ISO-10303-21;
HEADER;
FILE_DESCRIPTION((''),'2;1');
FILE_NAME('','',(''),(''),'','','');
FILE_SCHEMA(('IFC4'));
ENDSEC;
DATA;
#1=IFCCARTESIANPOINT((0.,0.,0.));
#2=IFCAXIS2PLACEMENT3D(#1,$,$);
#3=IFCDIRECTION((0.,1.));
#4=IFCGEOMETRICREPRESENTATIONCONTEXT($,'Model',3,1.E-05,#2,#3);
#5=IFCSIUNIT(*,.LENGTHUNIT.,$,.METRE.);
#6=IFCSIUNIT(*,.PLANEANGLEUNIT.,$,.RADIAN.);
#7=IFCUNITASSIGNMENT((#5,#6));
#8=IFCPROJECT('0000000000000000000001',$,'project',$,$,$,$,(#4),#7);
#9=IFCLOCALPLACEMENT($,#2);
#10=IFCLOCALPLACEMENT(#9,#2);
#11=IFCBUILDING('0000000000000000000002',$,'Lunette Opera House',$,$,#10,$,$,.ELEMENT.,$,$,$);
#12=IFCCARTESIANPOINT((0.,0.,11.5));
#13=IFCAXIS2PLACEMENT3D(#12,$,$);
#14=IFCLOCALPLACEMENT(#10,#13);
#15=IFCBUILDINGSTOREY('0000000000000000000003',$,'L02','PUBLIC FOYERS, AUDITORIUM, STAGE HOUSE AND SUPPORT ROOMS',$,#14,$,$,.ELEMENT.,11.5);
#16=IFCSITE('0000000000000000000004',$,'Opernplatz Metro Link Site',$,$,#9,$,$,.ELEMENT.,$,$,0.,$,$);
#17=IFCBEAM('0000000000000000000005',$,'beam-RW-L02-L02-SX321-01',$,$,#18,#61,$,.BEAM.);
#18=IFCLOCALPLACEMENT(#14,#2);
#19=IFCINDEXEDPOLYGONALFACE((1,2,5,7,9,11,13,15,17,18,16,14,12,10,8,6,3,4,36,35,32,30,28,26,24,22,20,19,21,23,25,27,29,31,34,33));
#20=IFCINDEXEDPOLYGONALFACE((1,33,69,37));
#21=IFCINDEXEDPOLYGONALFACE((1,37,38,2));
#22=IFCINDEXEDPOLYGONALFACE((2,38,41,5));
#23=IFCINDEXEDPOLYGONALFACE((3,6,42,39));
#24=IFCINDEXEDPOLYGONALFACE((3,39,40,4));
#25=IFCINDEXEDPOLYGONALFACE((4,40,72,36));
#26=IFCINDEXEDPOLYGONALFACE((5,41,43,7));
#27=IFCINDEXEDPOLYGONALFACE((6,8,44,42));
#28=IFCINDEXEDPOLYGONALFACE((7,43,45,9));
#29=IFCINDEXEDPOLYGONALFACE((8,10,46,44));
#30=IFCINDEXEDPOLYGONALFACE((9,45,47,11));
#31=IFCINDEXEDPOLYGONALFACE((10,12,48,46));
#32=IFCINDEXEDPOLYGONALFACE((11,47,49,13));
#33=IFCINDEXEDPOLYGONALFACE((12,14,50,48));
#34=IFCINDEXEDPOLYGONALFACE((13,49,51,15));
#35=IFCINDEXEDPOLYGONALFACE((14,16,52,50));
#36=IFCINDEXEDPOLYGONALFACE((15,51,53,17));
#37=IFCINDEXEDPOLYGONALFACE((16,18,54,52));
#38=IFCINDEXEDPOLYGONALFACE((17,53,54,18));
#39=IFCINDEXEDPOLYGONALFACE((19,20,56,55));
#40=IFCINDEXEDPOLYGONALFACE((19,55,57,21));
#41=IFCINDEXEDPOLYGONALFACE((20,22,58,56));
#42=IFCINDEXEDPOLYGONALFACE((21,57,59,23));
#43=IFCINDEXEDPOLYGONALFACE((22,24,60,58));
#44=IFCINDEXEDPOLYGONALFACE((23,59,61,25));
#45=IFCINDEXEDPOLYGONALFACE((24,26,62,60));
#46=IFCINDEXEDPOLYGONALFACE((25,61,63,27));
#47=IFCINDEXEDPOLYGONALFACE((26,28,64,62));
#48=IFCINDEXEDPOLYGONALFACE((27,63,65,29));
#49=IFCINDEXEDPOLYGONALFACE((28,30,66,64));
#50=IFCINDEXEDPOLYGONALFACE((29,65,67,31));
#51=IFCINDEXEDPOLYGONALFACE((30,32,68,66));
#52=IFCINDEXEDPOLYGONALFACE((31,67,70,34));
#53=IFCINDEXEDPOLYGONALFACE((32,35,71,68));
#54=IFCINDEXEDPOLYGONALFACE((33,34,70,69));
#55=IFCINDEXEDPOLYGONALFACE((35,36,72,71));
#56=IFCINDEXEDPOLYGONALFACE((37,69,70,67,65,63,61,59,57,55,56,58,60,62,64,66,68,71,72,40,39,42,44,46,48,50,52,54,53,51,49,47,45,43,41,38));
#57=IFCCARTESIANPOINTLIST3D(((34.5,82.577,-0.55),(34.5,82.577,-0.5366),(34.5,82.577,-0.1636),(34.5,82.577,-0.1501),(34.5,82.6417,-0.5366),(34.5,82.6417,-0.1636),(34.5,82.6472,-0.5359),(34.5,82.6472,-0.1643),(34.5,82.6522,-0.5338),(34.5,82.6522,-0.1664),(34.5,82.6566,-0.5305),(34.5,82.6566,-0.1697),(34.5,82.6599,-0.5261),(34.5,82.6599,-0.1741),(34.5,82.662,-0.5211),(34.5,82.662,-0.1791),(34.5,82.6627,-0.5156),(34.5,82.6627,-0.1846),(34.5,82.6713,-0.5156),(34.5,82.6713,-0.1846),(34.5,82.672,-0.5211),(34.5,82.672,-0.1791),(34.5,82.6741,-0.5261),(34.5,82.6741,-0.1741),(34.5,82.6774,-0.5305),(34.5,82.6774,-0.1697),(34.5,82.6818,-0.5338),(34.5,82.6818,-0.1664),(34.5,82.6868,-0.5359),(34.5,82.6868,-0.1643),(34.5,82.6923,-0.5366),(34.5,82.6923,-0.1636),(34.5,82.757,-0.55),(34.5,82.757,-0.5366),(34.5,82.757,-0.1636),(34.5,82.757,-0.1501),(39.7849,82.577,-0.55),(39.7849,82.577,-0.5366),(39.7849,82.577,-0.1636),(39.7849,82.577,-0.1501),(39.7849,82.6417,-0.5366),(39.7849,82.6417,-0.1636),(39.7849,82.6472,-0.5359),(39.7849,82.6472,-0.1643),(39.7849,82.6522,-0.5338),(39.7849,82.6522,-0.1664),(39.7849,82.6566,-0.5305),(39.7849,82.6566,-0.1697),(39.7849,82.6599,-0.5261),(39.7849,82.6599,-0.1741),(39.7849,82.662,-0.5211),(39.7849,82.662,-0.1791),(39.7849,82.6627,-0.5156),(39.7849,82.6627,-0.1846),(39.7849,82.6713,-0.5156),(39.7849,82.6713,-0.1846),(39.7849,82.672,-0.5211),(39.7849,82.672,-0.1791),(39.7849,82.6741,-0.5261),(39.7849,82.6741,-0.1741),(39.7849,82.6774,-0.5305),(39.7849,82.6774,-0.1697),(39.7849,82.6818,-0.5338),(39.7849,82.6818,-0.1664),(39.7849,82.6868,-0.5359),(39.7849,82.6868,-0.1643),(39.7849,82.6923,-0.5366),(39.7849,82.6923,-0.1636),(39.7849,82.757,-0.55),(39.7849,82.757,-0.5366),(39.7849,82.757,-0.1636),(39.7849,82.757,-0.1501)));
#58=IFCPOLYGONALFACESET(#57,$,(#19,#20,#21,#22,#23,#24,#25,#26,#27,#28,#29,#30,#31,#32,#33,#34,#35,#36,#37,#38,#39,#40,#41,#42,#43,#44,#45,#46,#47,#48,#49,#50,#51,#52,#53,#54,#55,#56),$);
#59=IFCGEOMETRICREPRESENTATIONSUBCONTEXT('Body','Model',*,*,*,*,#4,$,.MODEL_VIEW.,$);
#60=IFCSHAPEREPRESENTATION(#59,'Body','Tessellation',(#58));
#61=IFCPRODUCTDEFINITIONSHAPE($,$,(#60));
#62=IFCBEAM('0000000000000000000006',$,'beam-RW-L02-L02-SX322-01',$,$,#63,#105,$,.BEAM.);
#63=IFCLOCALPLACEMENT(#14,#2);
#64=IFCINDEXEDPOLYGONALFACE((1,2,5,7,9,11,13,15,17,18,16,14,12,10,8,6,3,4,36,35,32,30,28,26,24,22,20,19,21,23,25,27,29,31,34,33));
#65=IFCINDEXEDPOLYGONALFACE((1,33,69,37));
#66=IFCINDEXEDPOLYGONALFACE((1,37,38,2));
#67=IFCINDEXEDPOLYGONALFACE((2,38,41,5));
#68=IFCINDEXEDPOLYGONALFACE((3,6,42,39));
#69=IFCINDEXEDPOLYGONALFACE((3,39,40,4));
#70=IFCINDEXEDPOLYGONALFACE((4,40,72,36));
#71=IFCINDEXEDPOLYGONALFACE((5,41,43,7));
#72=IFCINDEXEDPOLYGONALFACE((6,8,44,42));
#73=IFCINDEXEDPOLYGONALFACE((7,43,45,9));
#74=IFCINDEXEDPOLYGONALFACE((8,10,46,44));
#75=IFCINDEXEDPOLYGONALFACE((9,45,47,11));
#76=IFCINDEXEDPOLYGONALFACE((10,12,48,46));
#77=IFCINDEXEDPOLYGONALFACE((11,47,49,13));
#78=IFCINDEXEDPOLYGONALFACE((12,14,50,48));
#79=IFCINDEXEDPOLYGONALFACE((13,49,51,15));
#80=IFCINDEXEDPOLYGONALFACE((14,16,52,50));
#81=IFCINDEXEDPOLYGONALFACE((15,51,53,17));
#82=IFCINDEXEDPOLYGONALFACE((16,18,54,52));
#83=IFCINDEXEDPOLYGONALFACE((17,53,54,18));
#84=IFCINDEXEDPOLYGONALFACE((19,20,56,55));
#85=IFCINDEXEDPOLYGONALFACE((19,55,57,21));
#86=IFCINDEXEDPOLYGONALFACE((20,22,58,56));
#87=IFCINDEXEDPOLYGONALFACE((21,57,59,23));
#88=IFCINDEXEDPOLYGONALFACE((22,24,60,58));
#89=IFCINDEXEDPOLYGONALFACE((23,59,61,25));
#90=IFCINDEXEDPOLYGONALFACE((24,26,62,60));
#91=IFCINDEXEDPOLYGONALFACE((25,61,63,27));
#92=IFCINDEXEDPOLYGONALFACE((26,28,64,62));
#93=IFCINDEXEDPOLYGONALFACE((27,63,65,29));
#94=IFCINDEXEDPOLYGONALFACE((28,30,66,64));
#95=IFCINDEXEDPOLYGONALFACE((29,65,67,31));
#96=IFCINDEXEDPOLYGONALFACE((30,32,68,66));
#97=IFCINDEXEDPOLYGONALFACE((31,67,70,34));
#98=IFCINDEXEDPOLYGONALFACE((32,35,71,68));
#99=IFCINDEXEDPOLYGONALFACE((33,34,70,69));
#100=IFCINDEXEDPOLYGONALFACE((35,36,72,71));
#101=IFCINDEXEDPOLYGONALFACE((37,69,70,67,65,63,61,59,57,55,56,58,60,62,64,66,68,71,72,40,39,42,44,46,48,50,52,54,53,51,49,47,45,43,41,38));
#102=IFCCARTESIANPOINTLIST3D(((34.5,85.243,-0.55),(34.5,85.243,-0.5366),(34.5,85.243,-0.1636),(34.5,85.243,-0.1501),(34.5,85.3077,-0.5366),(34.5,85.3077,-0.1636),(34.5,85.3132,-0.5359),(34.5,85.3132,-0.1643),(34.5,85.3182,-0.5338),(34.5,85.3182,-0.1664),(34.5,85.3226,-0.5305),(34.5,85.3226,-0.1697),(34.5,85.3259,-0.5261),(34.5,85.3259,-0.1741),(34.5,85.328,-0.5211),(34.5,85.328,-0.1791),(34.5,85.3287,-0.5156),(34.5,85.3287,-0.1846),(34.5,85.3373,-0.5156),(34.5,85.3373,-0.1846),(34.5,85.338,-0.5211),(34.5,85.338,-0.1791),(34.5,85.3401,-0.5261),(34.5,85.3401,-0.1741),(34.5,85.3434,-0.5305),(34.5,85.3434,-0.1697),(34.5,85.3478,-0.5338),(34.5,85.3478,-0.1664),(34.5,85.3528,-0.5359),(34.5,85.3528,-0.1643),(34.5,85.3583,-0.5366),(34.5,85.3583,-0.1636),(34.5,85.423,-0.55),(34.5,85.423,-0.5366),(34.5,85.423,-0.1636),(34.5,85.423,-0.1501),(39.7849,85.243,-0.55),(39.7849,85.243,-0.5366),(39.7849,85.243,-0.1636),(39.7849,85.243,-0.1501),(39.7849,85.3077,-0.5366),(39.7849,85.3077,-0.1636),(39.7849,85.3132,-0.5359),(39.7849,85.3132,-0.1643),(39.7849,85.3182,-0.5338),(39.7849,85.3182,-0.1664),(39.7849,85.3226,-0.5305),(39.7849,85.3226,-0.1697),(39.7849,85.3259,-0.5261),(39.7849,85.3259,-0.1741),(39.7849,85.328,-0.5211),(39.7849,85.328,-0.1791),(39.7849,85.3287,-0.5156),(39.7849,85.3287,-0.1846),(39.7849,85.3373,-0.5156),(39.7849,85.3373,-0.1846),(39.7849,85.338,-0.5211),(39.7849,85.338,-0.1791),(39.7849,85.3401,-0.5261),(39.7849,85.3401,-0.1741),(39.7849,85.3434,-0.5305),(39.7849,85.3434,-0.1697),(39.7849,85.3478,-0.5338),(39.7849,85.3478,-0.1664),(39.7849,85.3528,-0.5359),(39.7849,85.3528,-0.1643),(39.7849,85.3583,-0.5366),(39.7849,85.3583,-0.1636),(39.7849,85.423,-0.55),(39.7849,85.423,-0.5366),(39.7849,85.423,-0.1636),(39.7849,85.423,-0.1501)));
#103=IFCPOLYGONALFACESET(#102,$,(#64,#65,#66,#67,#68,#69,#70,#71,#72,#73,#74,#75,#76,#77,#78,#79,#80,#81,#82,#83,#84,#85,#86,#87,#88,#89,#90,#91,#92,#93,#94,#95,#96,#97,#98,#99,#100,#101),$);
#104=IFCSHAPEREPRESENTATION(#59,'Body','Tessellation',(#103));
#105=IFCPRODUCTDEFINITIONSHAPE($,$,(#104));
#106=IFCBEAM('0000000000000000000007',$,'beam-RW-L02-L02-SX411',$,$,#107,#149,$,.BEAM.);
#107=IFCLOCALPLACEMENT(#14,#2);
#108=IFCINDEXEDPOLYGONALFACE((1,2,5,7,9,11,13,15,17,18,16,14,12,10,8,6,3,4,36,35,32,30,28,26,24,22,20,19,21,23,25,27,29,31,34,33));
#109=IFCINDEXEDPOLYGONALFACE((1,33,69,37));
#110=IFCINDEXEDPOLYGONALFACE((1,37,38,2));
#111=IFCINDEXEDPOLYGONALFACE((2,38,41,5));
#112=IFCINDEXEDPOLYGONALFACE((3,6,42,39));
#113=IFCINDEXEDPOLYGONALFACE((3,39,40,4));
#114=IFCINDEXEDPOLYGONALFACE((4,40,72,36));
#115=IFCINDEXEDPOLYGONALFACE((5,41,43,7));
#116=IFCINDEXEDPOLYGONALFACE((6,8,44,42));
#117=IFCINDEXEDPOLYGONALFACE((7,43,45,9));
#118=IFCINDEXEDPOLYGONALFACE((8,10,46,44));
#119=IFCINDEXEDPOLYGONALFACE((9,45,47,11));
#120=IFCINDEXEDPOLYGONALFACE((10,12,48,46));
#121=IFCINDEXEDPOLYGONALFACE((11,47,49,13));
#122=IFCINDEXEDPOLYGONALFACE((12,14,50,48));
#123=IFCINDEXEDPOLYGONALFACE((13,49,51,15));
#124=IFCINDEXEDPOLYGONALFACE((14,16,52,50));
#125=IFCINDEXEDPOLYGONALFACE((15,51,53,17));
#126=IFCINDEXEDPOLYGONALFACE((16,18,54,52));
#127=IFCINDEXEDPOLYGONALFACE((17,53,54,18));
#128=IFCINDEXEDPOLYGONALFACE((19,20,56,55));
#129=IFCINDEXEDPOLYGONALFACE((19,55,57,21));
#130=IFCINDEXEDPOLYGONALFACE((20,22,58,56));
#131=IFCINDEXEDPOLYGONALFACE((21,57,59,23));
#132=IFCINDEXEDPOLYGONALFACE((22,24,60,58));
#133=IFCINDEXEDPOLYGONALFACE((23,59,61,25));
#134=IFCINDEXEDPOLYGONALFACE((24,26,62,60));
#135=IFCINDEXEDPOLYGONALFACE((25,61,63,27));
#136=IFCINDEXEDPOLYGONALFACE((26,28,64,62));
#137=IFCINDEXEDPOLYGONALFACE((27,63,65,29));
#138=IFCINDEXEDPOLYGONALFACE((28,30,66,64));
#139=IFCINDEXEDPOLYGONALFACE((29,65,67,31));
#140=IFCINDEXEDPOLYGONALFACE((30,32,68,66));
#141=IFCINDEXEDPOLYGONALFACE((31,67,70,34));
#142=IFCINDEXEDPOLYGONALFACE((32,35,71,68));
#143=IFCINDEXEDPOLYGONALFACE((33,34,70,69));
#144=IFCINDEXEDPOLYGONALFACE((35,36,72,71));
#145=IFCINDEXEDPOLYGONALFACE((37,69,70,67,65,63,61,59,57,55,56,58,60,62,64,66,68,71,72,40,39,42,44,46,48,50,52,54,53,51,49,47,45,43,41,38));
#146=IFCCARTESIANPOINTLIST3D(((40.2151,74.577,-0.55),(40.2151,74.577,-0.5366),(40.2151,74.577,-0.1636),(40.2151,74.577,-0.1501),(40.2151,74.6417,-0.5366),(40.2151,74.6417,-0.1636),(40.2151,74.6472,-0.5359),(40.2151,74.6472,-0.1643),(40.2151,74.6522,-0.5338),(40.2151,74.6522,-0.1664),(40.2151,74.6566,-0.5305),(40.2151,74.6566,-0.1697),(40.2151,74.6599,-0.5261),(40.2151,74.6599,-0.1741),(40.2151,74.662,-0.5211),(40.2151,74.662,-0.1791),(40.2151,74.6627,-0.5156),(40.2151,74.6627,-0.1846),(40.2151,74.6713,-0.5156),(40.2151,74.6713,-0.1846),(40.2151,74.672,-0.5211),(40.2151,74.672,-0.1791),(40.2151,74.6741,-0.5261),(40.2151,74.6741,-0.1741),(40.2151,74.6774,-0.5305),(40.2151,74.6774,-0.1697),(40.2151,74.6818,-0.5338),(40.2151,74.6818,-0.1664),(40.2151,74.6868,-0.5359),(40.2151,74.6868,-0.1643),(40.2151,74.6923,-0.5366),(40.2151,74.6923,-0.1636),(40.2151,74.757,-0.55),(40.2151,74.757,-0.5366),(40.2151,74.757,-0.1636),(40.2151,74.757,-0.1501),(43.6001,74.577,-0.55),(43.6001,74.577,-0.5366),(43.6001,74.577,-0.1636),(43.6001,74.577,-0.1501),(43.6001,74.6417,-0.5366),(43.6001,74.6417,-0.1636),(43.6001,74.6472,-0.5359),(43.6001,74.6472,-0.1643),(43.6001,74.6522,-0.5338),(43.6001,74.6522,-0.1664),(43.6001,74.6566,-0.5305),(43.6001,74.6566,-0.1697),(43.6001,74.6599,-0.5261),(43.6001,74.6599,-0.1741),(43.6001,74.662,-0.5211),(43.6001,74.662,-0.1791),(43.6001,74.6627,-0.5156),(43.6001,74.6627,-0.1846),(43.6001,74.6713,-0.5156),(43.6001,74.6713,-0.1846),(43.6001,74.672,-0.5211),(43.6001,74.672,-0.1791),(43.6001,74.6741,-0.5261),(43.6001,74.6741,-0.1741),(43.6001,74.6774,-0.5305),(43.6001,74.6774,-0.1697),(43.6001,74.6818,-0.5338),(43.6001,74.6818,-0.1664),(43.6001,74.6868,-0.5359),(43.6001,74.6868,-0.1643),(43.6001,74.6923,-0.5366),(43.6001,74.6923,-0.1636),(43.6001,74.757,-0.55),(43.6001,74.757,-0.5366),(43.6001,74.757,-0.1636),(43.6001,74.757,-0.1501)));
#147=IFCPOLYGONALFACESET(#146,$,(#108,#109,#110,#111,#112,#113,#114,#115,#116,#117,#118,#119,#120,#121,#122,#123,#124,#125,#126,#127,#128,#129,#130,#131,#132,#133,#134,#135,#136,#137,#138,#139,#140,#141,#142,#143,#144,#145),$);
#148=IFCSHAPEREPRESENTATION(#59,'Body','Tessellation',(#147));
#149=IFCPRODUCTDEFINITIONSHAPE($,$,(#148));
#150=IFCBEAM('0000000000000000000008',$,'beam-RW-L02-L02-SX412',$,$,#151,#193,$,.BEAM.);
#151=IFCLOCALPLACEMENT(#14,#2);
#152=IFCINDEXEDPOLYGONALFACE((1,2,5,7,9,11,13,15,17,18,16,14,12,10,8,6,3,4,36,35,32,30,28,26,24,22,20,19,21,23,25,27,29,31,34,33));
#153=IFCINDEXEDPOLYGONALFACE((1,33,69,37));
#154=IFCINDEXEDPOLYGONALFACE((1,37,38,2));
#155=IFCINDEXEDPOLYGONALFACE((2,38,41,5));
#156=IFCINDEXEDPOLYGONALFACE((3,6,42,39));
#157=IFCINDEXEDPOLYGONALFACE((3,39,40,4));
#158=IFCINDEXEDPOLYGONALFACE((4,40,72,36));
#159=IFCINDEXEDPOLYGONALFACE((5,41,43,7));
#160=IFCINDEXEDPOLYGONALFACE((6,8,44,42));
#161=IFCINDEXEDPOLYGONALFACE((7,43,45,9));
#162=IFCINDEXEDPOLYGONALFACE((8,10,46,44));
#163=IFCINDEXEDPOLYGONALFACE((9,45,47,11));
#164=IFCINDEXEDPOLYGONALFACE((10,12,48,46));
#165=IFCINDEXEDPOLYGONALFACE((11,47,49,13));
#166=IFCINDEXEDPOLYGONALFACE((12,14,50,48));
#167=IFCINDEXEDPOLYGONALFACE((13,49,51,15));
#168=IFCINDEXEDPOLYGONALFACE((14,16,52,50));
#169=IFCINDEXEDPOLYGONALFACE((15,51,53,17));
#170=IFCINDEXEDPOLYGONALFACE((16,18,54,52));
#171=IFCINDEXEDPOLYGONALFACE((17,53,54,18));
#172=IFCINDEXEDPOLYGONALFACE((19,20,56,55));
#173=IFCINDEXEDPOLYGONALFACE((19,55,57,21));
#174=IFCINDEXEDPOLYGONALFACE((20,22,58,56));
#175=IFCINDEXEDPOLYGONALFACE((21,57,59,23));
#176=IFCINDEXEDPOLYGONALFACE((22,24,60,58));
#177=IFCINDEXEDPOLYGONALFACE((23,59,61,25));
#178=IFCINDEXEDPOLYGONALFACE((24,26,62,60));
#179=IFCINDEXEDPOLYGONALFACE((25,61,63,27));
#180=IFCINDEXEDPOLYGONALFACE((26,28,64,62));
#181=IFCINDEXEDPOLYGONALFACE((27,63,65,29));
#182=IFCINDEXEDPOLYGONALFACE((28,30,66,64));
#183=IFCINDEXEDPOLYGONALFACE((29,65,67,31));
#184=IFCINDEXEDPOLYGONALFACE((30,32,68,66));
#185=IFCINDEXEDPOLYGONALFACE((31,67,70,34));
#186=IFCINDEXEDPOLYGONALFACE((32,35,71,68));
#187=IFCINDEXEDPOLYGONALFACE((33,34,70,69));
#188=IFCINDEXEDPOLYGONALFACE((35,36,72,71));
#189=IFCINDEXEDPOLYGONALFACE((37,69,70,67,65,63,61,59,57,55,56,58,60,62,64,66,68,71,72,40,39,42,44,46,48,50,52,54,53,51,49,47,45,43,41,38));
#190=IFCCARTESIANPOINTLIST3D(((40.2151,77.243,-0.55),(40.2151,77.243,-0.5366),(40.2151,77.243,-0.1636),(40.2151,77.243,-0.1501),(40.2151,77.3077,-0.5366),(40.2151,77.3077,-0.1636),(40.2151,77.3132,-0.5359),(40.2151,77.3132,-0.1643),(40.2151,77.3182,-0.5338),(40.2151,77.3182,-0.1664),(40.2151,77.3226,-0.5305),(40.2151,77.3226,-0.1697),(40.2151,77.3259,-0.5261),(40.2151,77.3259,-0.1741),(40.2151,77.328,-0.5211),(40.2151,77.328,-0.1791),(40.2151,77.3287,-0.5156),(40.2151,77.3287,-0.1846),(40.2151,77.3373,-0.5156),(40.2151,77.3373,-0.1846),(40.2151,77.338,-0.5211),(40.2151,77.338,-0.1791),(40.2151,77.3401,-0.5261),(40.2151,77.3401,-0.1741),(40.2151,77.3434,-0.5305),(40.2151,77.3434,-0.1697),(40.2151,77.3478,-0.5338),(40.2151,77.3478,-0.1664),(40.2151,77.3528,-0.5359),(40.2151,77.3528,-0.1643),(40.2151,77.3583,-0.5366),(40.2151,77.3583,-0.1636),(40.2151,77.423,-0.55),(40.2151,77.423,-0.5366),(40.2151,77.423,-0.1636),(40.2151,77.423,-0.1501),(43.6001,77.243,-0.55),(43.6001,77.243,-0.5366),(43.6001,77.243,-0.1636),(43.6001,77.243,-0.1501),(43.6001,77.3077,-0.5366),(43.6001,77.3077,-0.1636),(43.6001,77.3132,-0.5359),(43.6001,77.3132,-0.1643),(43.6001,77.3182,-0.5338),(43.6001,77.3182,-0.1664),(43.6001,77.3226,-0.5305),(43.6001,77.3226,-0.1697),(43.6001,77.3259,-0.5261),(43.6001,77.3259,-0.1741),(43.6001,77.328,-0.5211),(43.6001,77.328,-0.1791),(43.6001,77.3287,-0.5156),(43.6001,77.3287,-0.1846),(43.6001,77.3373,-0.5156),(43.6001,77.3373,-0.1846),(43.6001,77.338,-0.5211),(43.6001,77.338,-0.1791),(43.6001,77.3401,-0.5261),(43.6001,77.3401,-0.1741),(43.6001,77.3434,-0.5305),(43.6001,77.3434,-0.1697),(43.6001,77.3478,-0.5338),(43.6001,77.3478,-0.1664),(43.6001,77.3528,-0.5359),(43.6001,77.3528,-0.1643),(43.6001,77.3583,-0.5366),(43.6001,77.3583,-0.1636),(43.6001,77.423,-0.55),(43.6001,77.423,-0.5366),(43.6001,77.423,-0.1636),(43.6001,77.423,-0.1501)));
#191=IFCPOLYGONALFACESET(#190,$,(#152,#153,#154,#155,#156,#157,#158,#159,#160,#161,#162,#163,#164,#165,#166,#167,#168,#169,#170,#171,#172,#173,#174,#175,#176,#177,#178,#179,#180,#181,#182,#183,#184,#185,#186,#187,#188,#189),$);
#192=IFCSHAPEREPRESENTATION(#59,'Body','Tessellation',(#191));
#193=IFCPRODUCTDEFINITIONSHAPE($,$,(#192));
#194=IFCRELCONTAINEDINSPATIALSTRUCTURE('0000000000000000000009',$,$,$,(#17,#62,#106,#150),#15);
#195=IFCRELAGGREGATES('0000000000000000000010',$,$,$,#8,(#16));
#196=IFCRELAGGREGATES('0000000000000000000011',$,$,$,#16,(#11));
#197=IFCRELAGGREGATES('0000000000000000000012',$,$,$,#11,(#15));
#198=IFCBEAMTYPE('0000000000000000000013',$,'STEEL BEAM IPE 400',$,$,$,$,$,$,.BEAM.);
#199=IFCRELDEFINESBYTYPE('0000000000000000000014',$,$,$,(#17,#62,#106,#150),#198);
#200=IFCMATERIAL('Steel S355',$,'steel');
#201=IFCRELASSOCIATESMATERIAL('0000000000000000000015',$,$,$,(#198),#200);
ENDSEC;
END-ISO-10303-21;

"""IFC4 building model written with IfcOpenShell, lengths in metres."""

from ifc_helpers import new_model, si_unit, direction, frame, origin, origin_2d, place, context, subcontext, project, spatial, i_section, extrude, material, material_profile, profile_set, type_object, element, save


model = new_model("IFC4")

# Units and contexts
model_context = context("Model", 3, precision=1e-05, world=origin(), true_north=direction((0.0, 1.0)))
body_context = subcontext(model_context, "Body", "Model", "MODEL_VIEW")
ifc_project = project(units=[si_unit("LENGTHUNIT", "METRE"), si_unit("PLANEANGLEUNIT", "RADIAN")], contexts=[model_context])

# Site, building, storey
site_placement = place(None, origin())
site = spatial("IfcSite", under=ifc_project, at=site_placement, Name="Opernplatz Metro Link Site", CompositionType="ELEMENT", RefElevation=0.0)
building_placement = place(site_placement, origin())
building = spatial("IfcBuilding", under=site, at=building_placement, Name="Lunette Opera House", CompositionType="ELEMENT")
storey_placement = place(building_placement, frame((0.0, 0.0, 11.5)))
storey = spatial("IfcBuildingStorey", under=building, at=storey_placement, Name="L02", Description="PUBLIC FOYERS, AUDITORIUM, STAGE HOUSE AND SUPPORT ROOMS", CompositionType="ELEMENT", Elevation=11.5)

# Beams
ifc_material_1 = material(Name="Steel S355", Category="steel")
ifc_material_profile_1 = material_profile(ifc_material_1, i_section(OverallWidth=0.1799, OverallDepth=0.3999, WebThickness=0.0085, FlangeThickness=0.0134, FilletRadius=0.021, at=origin_2d()), Name="IPE 400")
ifc_profile_set_1 = profile_set([ifc_material_profile_1], Name="Steel S355")
beam_type_1 = type_object("IfcBeamType", Name="STEEL BEAM IPE 400", PredefinedType="BEAM", material=ifc_profile_set_1)
for number, where, z_axis, x_axis, name in (
    (1, (34.5, 82.667, -0.3501), (1.0, 0.0, 0.0), (0.0, 1.0, 0.0), "beam-RW-L02-L02-SX321-01"),
    (2, (34.5, 85.333, -0.3501), (1.0, 0.0, 0.0), (0.0, 1.0, 0.0), "beam-RW-L02-L02-SX322-01"),
):
    element("IfcBeam", number, at=place(storey_placement, frame(where, z_axis=z_axis, x_axis=x_axis)), inside=storey, type_object=beam_type_1, Name=name, PredefinedType="BEAM", context=body_context, shape_type="SweptSolid", body=[
        extrude(i_section(OverallWidth=0.1799, OverallDepth=0.3999, WebThickness=0.0085, FlangeThickness=0.0134, FilletRadius=0.021, at=origin_2d()), origin(), (0.0, 0.0, 1.0), 5.2849),
    ])
for number, where, z_axis, x_axis, name in (
    (3, (40.2151, 74.667, -0.3501), (1.0, 0.0, 0.0), (0.0, 1.0, 0.0), "beam-RW-L02-L02-SX411"),
    (4, (40.2151, 77.333, -0.3501), (1.0, 0.0, 0.0), (0.0, 1.0, 0.0), "beam-RW-L02-L02-SX412"),
):
    element("IfcBeam", number, at=place(storey_placement, frame(where, z_axis=z_axis, x_axis=x_axis)), inside=storey, type_object=beam_type_1, Name=name, PredefinedType="BEAM", context=body_context, shape_type="SweptSolid", body=[
        extrude(i_section(OverallWidth=0.1799, OverallDepth=0.3999, WebThickness=0.0085, FlangeThickness=0.0134, FilletRadius=0.021, at=origin_2d()), origin(), (0.0, 0.0, 1.0), 3.385),
    ])

save(model, "model.ifc")
